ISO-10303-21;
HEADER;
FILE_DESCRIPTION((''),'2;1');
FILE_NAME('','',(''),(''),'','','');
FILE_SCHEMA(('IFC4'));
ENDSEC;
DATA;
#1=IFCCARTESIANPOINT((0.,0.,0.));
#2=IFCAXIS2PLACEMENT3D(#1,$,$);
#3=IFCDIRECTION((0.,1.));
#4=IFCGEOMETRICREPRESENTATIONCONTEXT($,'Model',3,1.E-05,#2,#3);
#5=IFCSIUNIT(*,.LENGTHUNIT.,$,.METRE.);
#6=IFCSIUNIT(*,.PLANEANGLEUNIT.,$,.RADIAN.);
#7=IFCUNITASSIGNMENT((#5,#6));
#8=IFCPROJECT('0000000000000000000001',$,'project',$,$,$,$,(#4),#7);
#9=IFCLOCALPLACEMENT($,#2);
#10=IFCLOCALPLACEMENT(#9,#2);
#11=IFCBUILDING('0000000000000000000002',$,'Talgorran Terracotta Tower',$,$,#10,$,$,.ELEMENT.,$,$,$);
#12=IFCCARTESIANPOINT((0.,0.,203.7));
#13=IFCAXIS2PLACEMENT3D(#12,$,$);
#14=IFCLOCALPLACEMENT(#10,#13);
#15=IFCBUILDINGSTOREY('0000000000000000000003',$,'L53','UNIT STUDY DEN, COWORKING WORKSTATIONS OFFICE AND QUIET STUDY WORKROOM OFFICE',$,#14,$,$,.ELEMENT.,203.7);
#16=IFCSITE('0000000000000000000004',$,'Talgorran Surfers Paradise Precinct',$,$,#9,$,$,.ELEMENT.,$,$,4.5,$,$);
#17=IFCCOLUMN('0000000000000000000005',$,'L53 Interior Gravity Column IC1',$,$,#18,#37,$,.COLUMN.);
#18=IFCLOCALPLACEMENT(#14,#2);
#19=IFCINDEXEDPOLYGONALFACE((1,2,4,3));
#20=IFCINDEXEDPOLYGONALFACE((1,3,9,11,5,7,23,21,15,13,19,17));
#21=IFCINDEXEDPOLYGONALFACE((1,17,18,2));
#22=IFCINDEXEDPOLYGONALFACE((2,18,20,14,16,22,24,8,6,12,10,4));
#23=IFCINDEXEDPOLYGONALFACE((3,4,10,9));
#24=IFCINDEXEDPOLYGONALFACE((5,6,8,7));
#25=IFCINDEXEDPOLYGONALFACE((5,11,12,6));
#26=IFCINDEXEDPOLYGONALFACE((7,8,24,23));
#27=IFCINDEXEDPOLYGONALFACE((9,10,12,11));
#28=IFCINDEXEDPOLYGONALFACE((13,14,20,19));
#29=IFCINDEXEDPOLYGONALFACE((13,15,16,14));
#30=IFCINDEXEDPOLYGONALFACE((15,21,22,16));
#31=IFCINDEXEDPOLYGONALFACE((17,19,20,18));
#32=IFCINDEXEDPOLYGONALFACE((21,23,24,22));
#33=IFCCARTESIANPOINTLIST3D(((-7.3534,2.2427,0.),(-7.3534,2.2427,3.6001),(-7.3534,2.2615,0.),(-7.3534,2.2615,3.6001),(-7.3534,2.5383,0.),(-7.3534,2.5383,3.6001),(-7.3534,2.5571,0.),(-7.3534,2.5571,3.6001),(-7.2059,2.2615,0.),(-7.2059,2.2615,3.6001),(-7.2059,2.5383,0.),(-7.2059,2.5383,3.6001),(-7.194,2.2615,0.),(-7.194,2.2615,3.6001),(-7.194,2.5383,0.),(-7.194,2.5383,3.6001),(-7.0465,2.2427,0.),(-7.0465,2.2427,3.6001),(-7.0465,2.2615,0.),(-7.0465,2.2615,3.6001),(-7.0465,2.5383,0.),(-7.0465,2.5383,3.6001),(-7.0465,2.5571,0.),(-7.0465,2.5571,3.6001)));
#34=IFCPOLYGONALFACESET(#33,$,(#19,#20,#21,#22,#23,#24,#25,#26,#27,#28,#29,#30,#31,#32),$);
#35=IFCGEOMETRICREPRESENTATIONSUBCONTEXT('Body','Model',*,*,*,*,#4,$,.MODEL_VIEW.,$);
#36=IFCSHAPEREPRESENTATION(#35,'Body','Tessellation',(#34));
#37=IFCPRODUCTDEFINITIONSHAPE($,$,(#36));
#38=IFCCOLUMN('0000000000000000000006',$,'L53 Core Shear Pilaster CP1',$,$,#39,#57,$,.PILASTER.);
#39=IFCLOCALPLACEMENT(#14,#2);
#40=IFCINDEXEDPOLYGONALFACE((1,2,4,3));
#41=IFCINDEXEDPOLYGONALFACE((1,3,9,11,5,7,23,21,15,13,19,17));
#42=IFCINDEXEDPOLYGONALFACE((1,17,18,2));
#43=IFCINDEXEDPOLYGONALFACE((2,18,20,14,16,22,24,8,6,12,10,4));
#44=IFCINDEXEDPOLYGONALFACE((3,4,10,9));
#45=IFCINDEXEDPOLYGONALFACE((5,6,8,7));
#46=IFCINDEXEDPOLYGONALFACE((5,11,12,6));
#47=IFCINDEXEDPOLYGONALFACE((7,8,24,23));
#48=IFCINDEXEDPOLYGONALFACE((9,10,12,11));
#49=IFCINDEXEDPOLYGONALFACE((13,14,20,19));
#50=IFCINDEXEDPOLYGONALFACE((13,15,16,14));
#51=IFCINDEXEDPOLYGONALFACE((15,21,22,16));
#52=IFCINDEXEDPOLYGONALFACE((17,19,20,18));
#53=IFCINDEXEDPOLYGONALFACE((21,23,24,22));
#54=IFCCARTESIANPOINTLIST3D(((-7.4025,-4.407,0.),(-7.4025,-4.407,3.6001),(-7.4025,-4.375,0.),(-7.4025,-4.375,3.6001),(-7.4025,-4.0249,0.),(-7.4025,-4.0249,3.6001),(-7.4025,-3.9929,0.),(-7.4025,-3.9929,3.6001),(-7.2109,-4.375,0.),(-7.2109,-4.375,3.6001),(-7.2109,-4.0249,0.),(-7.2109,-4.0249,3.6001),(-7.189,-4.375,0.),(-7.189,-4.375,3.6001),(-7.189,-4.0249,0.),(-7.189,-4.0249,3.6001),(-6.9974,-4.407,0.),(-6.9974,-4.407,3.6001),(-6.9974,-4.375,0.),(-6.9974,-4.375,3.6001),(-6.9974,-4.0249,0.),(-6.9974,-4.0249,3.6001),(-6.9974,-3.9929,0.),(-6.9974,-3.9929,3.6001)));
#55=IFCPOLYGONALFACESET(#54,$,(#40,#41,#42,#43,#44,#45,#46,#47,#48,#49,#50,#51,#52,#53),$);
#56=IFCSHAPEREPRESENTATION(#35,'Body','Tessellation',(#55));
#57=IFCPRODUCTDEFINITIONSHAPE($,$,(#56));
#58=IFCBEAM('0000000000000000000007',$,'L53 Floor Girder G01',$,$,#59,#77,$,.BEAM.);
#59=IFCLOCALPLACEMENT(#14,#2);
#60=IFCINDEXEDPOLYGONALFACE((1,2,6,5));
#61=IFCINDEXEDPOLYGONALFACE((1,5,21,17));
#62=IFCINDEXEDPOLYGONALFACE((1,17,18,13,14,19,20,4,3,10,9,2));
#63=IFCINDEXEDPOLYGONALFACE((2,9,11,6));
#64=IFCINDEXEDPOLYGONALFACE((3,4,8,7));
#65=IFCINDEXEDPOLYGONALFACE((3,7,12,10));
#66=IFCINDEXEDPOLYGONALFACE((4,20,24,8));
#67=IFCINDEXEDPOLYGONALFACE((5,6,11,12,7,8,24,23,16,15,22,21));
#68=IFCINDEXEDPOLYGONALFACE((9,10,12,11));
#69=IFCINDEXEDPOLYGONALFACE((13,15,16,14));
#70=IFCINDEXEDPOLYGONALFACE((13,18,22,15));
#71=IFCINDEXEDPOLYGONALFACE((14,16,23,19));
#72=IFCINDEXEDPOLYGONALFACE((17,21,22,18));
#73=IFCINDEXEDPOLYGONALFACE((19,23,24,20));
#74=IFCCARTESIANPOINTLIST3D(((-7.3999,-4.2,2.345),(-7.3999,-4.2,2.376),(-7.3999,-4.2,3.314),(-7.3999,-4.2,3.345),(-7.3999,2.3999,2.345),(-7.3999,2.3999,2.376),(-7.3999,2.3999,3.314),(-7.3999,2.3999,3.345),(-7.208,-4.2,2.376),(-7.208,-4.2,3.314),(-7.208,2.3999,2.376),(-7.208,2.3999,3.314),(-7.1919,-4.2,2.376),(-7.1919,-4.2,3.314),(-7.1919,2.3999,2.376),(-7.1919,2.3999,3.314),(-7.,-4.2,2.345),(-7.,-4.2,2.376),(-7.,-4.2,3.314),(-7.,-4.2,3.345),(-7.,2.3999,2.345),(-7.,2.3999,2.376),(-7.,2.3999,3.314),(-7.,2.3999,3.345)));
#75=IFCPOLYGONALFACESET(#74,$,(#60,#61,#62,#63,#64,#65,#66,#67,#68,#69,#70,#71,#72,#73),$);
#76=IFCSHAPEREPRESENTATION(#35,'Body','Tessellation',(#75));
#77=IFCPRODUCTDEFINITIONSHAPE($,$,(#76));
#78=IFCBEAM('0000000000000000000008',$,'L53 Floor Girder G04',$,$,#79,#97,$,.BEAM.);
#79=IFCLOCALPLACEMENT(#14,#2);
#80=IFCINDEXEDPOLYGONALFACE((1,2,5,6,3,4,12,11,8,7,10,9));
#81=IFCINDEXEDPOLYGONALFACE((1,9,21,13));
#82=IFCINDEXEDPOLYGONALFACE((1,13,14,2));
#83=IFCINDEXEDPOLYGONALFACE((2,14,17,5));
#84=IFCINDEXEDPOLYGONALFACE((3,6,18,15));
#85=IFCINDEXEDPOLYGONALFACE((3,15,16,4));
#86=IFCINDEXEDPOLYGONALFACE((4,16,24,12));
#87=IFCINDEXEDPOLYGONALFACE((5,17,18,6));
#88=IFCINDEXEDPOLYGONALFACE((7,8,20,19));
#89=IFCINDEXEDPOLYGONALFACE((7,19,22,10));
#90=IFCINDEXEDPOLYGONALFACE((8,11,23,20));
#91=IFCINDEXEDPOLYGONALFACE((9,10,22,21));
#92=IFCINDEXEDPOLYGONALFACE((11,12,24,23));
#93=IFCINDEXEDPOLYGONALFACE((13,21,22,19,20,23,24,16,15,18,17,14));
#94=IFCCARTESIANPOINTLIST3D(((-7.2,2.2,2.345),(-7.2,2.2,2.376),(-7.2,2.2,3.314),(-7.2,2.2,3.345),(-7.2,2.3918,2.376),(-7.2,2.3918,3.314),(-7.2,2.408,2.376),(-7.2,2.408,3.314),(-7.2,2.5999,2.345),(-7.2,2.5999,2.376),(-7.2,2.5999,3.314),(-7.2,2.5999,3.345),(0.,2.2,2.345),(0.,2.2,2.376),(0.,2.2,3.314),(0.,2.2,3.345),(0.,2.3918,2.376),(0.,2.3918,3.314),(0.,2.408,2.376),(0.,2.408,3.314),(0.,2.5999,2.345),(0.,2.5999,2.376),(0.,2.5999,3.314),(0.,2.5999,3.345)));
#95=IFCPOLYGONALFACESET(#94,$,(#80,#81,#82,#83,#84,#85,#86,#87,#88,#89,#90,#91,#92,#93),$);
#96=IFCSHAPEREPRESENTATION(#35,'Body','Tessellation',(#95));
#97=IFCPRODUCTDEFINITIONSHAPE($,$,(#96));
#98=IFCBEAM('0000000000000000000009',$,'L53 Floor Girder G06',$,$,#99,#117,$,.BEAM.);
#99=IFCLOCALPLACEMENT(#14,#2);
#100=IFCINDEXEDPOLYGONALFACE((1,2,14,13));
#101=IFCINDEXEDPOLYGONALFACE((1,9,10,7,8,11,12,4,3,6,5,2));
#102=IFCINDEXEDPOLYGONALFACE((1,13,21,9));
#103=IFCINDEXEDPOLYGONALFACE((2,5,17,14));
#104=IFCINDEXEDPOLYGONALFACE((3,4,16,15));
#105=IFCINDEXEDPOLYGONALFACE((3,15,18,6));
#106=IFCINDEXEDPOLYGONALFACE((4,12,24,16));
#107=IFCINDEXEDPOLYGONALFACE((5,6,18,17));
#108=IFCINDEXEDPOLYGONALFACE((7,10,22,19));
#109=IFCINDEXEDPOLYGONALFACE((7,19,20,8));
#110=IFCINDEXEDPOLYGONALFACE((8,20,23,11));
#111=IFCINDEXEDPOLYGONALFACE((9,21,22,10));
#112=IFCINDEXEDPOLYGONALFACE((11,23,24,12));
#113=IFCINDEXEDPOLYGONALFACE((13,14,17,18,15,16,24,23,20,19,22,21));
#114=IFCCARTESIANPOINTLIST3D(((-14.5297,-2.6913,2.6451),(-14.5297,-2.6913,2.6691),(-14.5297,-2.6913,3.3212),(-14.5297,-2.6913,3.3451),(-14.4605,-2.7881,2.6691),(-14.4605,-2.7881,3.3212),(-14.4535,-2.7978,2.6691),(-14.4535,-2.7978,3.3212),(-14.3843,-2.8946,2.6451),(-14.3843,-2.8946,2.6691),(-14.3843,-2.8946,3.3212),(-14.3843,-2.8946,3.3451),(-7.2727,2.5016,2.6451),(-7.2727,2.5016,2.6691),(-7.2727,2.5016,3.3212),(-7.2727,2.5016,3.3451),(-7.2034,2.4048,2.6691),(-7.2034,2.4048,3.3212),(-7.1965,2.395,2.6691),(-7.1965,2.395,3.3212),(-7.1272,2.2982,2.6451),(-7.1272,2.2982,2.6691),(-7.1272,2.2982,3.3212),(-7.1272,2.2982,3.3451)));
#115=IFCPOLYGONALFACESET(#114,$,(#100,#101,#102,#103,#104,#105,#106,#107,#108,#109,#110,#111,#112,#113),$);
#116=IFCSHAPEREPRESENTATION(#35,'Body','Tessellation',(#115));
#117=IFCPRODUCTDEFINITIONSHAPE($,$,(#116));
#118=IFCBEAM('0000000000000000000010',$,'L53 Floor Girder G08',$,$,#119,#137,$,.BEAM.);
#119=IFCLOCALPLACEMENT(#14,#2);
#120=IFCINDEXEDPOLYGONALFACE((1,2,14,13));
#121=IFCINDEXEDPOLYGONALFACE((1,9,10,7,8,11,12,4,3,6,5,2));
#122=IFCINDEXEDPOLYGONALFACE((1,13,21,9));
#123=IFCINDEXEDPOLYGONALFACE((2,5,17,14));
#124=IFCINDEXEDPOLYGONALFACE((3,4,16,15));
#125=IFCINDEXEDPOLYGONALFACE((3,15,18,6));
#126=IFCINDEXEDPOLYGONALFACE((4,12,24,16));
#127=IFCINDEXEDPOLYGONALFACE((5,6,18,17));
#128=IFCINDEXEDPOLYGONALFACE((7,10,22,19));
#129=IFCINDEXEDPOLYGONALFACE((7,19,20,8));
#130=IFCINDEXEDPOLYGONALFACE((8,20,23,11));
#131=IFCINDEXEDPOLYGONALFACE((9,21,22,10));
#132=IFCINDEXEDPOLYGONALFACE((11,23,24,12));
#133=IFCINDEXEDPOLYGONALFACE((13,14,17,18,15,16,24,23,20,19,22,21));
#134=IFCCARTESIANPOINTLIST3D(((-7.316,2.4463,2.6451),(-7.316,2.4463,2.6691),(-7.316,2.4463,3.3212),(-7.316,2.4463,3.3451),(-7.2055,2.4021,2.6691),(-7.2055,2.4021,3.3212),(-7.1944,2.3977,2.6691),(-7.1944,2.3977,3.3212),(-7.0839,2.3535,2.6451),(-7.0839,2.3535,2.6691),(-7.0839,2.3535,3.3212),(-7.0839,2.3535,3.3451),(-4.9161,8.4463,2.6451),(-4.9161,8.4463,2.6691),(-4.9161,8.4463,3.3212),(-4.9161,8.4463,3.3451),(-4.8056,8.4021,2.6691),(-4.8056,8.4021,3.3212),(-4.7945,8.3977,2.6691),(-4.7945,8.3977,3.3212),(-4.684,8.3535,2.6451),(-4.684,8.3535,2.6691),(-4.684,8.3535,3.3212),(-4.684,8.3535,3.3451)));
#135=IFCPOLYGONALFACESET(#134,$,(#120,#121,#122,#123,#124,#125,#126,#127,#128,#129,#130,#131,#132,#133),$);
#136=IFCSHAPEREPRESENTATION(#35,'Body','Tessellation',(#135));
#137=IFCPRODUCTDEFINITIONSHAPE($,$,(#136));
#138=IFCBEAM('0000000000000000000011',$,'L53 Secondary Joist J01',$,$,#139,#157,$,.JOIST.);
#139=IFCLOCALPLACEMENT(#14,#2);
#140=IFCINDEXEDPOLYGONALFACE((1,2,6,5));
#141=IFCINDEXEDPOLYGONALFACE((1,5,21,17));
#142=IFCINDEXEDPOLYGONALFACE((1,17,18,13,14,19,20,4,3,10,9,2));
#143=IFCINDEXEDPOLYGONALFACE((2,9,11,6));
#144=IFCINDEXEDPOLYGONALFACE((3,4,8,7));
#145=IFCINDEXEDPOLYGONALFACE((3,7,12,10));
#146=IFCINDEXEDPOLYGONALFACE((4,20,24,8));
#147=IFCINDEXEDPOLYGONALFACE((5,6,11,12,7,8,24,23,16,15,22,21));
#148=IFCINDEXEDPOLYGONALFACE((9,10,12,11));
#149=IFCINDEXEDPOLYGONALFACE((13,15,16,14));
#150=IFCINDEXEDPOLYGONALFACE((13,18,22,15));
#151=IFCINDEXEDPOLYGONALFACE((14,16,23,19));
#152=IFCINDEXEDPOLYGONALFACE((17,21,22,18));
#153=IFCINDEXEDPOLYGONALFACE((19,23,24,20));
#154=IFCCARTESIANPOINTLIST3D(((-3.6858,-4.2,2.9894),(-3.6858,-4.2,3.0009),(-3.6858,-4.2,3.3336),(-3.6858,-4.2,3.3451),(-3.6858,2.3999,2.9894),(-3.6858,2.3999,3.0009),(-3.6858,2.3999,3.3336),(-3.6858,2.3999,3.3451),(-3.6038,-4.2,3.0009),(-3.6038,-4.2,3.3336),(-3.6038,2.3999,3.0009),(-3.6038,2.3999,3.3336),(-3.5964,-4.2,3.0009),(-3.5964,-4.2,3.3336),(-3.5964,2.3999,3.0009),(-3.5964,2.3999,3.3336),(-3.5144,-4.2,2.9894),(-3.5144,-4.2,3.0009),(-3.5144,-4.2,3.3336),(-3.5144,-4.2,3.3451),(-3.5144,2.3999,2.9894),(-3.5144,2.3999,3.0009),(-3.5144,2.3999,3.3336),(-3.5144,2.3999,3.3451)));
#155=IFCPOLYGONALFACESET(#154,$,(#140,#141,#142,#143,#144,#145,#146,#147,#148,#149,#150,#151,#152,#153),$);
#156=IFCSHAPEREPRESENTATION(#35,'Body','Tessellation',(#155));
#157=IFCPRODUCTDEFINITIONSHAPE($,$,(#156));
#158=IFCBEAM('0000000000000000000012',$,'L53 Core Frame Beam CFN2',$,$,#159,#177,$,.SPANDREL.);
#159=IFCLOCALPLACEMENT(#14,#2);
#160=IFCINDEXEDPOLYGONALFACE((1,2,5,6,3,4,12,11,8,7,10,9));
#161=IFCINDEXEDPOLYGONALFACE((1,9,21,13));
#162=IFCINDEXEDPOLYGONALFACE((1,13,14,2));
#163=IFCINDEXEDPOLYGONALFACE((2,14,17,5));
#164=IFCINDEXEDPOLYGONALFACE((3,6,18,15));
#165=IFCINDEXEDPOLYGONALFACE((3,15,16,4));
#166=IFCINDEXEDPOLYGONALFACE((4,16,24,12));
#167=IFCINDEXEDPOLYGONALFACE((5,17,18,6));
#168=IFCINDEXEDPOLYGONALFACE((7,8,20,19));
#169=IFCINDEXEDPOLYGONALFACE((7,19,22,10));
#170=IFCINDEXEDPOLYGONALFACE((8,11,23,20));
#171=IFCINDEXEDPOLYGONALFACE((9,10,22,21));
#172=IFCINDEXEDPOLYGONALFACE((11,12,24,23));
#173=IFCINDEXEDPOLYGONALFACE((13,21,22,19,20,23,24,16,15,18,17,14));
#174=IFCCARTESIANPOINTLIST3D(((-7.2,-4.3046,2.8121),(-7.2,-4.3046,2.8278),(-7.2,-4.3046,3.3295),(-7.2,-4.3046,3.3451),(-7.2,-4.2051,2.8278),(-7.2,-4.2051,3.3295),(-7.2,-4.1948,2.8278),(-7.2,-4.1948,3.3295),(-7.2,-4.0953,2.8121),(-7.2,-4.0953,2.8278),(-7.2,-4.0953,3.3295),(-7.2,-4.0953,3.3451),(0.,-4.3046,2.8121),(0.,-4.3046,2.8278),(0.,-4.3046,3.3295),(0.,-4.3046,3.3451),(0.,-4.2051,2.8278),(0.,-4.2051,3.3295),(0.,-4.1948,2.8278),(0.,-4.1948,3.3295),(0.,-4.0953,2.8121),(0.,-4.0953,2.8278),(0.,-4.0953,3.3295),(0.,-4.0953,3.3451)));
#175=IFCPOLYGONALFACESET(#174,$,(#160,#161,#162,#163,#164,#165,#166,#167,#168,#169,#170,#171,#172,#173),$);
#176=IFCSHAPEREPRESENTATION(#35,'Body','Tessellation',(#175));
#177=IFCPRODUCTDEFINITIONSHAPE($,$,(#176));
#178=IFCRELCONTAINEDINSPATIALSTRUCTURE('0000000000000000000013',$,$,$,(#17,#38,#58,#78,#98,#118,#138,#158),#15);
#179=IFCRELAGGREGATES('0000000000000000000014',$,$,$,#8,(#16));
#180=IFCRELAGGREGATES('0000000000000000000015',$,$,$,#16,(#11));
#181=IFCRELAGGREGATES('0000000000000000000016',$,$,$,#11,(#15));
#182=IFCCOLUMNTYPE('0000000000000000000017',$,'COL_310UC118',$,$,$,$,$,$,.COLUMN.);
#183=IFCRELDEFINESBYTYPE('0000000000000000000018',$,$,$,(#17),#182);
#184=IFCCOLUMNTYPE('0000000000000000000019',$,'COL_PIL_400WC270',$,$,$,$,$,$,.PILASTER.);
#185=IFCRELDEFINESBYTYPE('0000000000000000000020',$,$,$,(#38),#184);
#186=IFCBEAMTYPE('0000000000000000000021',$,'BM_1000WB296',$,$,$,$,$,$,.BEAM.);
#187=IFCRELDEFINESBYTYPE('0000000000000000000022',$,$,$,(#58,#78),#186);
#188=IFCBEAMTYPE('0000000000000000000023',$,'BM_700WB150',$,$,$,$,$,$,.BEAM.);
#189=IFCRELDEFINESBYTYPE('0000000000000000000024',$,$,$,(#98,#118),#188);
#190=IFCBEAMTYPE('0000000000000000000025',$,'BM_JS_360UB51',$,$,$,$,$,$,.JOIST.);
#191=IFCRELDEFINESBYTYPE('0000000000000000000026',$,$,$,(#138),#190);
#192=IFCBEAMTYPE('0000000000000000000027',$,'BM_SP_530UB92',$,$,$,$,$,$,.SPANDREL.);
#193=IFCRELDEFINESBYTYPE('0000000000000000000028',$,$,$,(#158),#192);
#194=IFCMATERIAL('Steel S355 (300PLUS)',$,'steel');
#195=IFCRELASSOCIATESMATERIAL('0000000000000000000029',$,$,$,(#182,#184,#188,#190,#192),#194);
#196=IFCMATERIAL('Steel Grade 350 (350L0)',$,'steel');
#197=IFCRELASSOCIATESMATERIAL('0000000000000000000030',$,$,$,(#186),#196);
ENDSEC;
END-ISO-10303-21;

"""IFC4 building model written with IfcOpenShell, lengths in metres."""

from ifc_helpers import new_model, si_unit, direction, frame, origin, origin_2d, place, context, subcontext, project, spatial, i_section, extrude, material, material_profile, profile_set, type_object, element, save


model = new_model("IFC4")

# Units and contexts
model_context = context("Model", 3, precision=1e-05, world=origin(), true_north=direction((0.0, 1.0)))
body_context = subcontext(model_context, "Body", "Model", "MODEL_VIEW")
ifc_project = project(units=[si_unit("LENGTHUNIT", "METRE"), si_unit("PLANEANGLEUNIT", "RADIAN")], contexts=[model_context])

# Site, building, storey
site_placement = place(None, origin())
site = spatial("IfcSite", under=ifc_project, at=site_placement, Name="Talgorran Surfers Paradise Precinct", CompositionType="ELEMENT", RefElevation=4.5)
building_placement = place(site_placement, origin())
building = spatial("IfcBuilding", under=site, at=building_placement, Name="Talgorran Terracotta Tower", CompositionType="ELEMENT")
storey_placement = place(building_placement, frame((0.0, 0.0, 203.7)))
storey = spatial("IfcBuildingStorey", under=building, at=storey_placement, Name="L53", Description="UNIT STUDY DEN, COWORKING WORKSTATIONS OFFICE AND QUIET STUDY WORKROOM OFFICE", CompositionType="ELEMENT", Elevation=203.7)

# Columns
ifc_material_1 = material(Name="Steel S355 (300PLUS)", Category="steel")
ifc_material_profile_1 = material_profile(ifc_material_1, i_section(OverallWidth=0.3069, OverallDepth=0.3145, WebThickness=0.012, FlangeThickness=0.0188, at=origin_2d()), Name="310UC118")
ifc_profile_set_1 = profile_set([ifc_material_profile_1], Name="Steel S355 (300PLUS)")
column_type_1 = type_object("IfcColumnType", Name="COL_310UC118", PredefinedType="COLUMN", material=ifc_profile_set_1)
column_1_placement = place(storey_placement, frame((-7.2, 2.3999, 0.0), z_axis=(0.0, 0.0, 1.0), x_axis=(1.0, 0.0, 0.0)))
element("IfcColumn", 1, at=column_1_placement, inside=storey, type_object=column_type_1, Name="L53 Interior Gravity Column IC1", PredefinedType="COLUMN", context=body_context, shape_type="SweptSolid", body=[
    extrude(i_section(OverallWidth=0.3069, OverallDepth=0.3145, WebThickness=0.012, FlangeThickness=0.0188, at=origin_2d()), origin(), (0.0, 0.0, 1.0), 3.6001),
])
ifc_material_profile_2 = material_profile(ifc_material_1, i_section(OverallWidth=0.405, OverallDepth=0.4141, WebThickness=0.022, FlangeThickness=0.032, at=origin_2d()), Name="400WC270")
ifc_profile_set_2 = profile_set([ifc_material_profile_2], Name="Steel S355 (300PLUS)")
column_type_2 = type_object("IfcColumnType", Name="COL_PIL_400WC270", PredefinedType="PILASTER", material=ifc_profile_set_2)
column_2_placement = place(storey_placement, frame((-7.2, -4.2, 0.0), z_axis=(0.0, 0.0, 1.0), x_axis=(1.0, 0.0, 0.0)))
element("IfcColumn", 2, at=column_2_placement, inside=storey, type_object=column_type_2, Name="L53 Core Shear Pilaster CP1", PredefinedType="PILASTER", context=body_context, shape_type="SweptSolid", body=[
    extrude(i_section(OverallWidth=0.405, OverallDepth=0.4141, WebThickness=0.022, FlangeThickness=0.032, at=origin_2d()), origin(), (0.0, 0.0, 1.0), 3.6001),
])

# Beams
ifc_material_2 = material(Name="Steel Grade 350 (350L0)", Category="steel")
ifc_material_profile_3 = material_profile(ifc_material_2, i_section(OverallWidth=0.3999, OverallDepth=1.0, WebThickness=0.0161, FlangeThickness=0.031, at=origin_2d()), Name="1000WB296")
ifc_profile_set_3 = profile_set([ifc_material_profile_3], Name="Steel Grade 350 (350L0)")
beam_type_1 = type_object("IfcBeamType", Name="BM_1000WB296", PredefinedType="BEAM", material=ifc_profile_set_3)
beam_1_placement = place(storey_placement, frame((-7.2, -4.2, 2.845), z_axis=(0.0, 1.0, 0.0), x_axis=(-1.0, 0.0, 0.0)))
element("IfcBeam", 3, at=beam_1_placement, inside=storey, type_object=beam_type_1, Name="L53 Floor Girder G01", PredefinedType="BEAM", context=body_context, shape_type="SweptSolid", body=[
    extrude(i_section(OverallWidth=0.3999, OverallDepth=1.0, WebThickness=0.0161, FlangeThickness=0.031, at=origin_2d()), origin(), (0.0, 0.0, 1.0), 6.5999),
])
beam_2_placement = place(storey_placement, frame((-7.2, 2.3999, 2.845), z_axis=(1.0, 0.0, 0.0), x_axis=(0.0, 1.0, 0.0)))
element("IfcBeam", 4, at=beam_2_placement, inside=storey, type_object=beam_type_1, Name="L53 Floor Girder G04", PredefinedType="BEAM", context=body_context, shape_type="SweptSolid", body=[
    extrude(i_section(OverallWidth=0.3999, OverallDepth=1.0, WebThickness=0.0161, FlangeThickness=0.031, at=origin_2d()), origin(), (0.0, 0.0, 1.0), 7.2),
])
ifc_material_profile_4 = material_profile(ifc_material_1, i_section(OverallWidth=0.25, OverallDepth=0.7, WebThickness=0.012, FlangeThickness=0.0239, at=origin_2d()), Name="700WB150")
ifc_profile_set_4 = profile_set([ifc_material_profile_4], Name="Steel S355 (300PLUS)")
beam_type_2 = type_object("IfcBeamType", Name="BM_700WB150", PredefinedType="BEAM", material=ifc_profile_set_4)
beam_3_placement = place(storey_placement, frame((-7.2, 2.3999, 2.9951), z_axis=(-0.813243, -0.581924, 0.0), x_axis=(0.581924, -0.813243, 0.0)))
element("IfcBeam", 5, at=beam_3_placement, inside=storey, type_object=beam_type_2, Name="L53 Floor Girder G06", PredefinedType="BEAM", context=body_context, shape_type="SweptSolid", body=[
    extrude(i_section(OverallWidth=0.25, OverallDepth=0.7, WebThickness=0.012, FlangeThickness=0.0239, at=origin_2d()), origin(), (0.0, 0.0, 1.0), 8.9236),
])
beam_4_placement = place(storey_placement, frame((-7.2, 2.3999, 2.9951), z_axis=(0.371378, 0.928482, 0.0), x_axis=(-0.928482, 0.371378, 0.0)))
element("IfcBeam", 6, at=beam_4_placement, inside=storey, type_object=beam_type_2, Name="L53 Floor Girder G08", PredefinedType="BEAM", context=body_context, shape_type="SweptSolid", body=[
    extrude(i_section(OverallWidth=0.25, OverallDepth=0.7, WebThickness=0.012, FlangeThickness=0.0239, at=origin_2d()), origin(), (0.0, 0.0, 1.0), 6.4622),
])
ifc_material_profile_5 = material_profile(ifc_material_1, i_section(OverallWidth=0.1714, OverallDepth=0.3557, WebThickness=0.0073, FlangeThickness=0.0115, at=origin_2d()), Name="360UB50.7")
ifc_profile_set_5 = profile_set([ifc_material_profile_5], Name="Steel S355 (300PLUS)")
beam_type_3 = type_object("IfcBeamType", Name="BM_JS_360UB51", PredefinedType="JOIST", material=ifc_profile_set_5)
beam_5_placement = place(storey_placement, frame((-3.6001, -4.2, 3.1672), z_axis=(0.0, 1.0, 0.0), x_axis=(-1.0, 0.0, 0.0)))
element("IfcBeam", 7, at=beam_5_placement, inside=storey, type_object=beam_type_3, Name="L53 Secondary Joist J01", PredefinedType="JOIST", context=body_context, shape_type="SweptSolid", body=[
    extrude(i_section(OverallWidth=0.1714, OverallDepth=0.3557, WebThickness=0.0073, FlangeThickness=0.0115, at=origin_2d()), origin(), (0.0, 0.0, 1.0), 6.5999),
])
ifc_material_profile_6 = material_profile(ifc_material_1, i_section(OverallWidth=0.2092, OverallDepth=0.533, WebThickness=0.0103, FlangeThickness=0.0156, at=origin_2d()), Name="530UB92.4")
ifc_profile_set_6 = profile_set([ifc_material_profile_6], Name="Steel S355 (300PLUS)")
beam_type_4 = type_object("IfcBeamType", Name="BM_SP_530UB92", PredefinedType="SPANDREL", material=ifc_profile_set_6)
beam_6_placement = place(storey_placement, frame((-7.2, -4.2, 3.0786), z_axis=(1.0, 0.0, 0.0), x_axis=(0.0, 1.0, 0.0)))
element("IfcBeam", 8, at=beam_6_placement, inside=storey, type_object=beam_type_4, Name="L53 Core Frame Beam CFN2", PredefinedType="SPANDREL", context=body_context, shape_type="SweptSolid", body=[
    extrude(i_section(OverallWidth=0.2092, OverallDepth=0.533, WebThickness=0.0103, FlangeThickness=0.0156, at=origin_2d()), origin(), (0.0, 0.0, 1.0), 7.2),
])

save(model, "model.ifc")
